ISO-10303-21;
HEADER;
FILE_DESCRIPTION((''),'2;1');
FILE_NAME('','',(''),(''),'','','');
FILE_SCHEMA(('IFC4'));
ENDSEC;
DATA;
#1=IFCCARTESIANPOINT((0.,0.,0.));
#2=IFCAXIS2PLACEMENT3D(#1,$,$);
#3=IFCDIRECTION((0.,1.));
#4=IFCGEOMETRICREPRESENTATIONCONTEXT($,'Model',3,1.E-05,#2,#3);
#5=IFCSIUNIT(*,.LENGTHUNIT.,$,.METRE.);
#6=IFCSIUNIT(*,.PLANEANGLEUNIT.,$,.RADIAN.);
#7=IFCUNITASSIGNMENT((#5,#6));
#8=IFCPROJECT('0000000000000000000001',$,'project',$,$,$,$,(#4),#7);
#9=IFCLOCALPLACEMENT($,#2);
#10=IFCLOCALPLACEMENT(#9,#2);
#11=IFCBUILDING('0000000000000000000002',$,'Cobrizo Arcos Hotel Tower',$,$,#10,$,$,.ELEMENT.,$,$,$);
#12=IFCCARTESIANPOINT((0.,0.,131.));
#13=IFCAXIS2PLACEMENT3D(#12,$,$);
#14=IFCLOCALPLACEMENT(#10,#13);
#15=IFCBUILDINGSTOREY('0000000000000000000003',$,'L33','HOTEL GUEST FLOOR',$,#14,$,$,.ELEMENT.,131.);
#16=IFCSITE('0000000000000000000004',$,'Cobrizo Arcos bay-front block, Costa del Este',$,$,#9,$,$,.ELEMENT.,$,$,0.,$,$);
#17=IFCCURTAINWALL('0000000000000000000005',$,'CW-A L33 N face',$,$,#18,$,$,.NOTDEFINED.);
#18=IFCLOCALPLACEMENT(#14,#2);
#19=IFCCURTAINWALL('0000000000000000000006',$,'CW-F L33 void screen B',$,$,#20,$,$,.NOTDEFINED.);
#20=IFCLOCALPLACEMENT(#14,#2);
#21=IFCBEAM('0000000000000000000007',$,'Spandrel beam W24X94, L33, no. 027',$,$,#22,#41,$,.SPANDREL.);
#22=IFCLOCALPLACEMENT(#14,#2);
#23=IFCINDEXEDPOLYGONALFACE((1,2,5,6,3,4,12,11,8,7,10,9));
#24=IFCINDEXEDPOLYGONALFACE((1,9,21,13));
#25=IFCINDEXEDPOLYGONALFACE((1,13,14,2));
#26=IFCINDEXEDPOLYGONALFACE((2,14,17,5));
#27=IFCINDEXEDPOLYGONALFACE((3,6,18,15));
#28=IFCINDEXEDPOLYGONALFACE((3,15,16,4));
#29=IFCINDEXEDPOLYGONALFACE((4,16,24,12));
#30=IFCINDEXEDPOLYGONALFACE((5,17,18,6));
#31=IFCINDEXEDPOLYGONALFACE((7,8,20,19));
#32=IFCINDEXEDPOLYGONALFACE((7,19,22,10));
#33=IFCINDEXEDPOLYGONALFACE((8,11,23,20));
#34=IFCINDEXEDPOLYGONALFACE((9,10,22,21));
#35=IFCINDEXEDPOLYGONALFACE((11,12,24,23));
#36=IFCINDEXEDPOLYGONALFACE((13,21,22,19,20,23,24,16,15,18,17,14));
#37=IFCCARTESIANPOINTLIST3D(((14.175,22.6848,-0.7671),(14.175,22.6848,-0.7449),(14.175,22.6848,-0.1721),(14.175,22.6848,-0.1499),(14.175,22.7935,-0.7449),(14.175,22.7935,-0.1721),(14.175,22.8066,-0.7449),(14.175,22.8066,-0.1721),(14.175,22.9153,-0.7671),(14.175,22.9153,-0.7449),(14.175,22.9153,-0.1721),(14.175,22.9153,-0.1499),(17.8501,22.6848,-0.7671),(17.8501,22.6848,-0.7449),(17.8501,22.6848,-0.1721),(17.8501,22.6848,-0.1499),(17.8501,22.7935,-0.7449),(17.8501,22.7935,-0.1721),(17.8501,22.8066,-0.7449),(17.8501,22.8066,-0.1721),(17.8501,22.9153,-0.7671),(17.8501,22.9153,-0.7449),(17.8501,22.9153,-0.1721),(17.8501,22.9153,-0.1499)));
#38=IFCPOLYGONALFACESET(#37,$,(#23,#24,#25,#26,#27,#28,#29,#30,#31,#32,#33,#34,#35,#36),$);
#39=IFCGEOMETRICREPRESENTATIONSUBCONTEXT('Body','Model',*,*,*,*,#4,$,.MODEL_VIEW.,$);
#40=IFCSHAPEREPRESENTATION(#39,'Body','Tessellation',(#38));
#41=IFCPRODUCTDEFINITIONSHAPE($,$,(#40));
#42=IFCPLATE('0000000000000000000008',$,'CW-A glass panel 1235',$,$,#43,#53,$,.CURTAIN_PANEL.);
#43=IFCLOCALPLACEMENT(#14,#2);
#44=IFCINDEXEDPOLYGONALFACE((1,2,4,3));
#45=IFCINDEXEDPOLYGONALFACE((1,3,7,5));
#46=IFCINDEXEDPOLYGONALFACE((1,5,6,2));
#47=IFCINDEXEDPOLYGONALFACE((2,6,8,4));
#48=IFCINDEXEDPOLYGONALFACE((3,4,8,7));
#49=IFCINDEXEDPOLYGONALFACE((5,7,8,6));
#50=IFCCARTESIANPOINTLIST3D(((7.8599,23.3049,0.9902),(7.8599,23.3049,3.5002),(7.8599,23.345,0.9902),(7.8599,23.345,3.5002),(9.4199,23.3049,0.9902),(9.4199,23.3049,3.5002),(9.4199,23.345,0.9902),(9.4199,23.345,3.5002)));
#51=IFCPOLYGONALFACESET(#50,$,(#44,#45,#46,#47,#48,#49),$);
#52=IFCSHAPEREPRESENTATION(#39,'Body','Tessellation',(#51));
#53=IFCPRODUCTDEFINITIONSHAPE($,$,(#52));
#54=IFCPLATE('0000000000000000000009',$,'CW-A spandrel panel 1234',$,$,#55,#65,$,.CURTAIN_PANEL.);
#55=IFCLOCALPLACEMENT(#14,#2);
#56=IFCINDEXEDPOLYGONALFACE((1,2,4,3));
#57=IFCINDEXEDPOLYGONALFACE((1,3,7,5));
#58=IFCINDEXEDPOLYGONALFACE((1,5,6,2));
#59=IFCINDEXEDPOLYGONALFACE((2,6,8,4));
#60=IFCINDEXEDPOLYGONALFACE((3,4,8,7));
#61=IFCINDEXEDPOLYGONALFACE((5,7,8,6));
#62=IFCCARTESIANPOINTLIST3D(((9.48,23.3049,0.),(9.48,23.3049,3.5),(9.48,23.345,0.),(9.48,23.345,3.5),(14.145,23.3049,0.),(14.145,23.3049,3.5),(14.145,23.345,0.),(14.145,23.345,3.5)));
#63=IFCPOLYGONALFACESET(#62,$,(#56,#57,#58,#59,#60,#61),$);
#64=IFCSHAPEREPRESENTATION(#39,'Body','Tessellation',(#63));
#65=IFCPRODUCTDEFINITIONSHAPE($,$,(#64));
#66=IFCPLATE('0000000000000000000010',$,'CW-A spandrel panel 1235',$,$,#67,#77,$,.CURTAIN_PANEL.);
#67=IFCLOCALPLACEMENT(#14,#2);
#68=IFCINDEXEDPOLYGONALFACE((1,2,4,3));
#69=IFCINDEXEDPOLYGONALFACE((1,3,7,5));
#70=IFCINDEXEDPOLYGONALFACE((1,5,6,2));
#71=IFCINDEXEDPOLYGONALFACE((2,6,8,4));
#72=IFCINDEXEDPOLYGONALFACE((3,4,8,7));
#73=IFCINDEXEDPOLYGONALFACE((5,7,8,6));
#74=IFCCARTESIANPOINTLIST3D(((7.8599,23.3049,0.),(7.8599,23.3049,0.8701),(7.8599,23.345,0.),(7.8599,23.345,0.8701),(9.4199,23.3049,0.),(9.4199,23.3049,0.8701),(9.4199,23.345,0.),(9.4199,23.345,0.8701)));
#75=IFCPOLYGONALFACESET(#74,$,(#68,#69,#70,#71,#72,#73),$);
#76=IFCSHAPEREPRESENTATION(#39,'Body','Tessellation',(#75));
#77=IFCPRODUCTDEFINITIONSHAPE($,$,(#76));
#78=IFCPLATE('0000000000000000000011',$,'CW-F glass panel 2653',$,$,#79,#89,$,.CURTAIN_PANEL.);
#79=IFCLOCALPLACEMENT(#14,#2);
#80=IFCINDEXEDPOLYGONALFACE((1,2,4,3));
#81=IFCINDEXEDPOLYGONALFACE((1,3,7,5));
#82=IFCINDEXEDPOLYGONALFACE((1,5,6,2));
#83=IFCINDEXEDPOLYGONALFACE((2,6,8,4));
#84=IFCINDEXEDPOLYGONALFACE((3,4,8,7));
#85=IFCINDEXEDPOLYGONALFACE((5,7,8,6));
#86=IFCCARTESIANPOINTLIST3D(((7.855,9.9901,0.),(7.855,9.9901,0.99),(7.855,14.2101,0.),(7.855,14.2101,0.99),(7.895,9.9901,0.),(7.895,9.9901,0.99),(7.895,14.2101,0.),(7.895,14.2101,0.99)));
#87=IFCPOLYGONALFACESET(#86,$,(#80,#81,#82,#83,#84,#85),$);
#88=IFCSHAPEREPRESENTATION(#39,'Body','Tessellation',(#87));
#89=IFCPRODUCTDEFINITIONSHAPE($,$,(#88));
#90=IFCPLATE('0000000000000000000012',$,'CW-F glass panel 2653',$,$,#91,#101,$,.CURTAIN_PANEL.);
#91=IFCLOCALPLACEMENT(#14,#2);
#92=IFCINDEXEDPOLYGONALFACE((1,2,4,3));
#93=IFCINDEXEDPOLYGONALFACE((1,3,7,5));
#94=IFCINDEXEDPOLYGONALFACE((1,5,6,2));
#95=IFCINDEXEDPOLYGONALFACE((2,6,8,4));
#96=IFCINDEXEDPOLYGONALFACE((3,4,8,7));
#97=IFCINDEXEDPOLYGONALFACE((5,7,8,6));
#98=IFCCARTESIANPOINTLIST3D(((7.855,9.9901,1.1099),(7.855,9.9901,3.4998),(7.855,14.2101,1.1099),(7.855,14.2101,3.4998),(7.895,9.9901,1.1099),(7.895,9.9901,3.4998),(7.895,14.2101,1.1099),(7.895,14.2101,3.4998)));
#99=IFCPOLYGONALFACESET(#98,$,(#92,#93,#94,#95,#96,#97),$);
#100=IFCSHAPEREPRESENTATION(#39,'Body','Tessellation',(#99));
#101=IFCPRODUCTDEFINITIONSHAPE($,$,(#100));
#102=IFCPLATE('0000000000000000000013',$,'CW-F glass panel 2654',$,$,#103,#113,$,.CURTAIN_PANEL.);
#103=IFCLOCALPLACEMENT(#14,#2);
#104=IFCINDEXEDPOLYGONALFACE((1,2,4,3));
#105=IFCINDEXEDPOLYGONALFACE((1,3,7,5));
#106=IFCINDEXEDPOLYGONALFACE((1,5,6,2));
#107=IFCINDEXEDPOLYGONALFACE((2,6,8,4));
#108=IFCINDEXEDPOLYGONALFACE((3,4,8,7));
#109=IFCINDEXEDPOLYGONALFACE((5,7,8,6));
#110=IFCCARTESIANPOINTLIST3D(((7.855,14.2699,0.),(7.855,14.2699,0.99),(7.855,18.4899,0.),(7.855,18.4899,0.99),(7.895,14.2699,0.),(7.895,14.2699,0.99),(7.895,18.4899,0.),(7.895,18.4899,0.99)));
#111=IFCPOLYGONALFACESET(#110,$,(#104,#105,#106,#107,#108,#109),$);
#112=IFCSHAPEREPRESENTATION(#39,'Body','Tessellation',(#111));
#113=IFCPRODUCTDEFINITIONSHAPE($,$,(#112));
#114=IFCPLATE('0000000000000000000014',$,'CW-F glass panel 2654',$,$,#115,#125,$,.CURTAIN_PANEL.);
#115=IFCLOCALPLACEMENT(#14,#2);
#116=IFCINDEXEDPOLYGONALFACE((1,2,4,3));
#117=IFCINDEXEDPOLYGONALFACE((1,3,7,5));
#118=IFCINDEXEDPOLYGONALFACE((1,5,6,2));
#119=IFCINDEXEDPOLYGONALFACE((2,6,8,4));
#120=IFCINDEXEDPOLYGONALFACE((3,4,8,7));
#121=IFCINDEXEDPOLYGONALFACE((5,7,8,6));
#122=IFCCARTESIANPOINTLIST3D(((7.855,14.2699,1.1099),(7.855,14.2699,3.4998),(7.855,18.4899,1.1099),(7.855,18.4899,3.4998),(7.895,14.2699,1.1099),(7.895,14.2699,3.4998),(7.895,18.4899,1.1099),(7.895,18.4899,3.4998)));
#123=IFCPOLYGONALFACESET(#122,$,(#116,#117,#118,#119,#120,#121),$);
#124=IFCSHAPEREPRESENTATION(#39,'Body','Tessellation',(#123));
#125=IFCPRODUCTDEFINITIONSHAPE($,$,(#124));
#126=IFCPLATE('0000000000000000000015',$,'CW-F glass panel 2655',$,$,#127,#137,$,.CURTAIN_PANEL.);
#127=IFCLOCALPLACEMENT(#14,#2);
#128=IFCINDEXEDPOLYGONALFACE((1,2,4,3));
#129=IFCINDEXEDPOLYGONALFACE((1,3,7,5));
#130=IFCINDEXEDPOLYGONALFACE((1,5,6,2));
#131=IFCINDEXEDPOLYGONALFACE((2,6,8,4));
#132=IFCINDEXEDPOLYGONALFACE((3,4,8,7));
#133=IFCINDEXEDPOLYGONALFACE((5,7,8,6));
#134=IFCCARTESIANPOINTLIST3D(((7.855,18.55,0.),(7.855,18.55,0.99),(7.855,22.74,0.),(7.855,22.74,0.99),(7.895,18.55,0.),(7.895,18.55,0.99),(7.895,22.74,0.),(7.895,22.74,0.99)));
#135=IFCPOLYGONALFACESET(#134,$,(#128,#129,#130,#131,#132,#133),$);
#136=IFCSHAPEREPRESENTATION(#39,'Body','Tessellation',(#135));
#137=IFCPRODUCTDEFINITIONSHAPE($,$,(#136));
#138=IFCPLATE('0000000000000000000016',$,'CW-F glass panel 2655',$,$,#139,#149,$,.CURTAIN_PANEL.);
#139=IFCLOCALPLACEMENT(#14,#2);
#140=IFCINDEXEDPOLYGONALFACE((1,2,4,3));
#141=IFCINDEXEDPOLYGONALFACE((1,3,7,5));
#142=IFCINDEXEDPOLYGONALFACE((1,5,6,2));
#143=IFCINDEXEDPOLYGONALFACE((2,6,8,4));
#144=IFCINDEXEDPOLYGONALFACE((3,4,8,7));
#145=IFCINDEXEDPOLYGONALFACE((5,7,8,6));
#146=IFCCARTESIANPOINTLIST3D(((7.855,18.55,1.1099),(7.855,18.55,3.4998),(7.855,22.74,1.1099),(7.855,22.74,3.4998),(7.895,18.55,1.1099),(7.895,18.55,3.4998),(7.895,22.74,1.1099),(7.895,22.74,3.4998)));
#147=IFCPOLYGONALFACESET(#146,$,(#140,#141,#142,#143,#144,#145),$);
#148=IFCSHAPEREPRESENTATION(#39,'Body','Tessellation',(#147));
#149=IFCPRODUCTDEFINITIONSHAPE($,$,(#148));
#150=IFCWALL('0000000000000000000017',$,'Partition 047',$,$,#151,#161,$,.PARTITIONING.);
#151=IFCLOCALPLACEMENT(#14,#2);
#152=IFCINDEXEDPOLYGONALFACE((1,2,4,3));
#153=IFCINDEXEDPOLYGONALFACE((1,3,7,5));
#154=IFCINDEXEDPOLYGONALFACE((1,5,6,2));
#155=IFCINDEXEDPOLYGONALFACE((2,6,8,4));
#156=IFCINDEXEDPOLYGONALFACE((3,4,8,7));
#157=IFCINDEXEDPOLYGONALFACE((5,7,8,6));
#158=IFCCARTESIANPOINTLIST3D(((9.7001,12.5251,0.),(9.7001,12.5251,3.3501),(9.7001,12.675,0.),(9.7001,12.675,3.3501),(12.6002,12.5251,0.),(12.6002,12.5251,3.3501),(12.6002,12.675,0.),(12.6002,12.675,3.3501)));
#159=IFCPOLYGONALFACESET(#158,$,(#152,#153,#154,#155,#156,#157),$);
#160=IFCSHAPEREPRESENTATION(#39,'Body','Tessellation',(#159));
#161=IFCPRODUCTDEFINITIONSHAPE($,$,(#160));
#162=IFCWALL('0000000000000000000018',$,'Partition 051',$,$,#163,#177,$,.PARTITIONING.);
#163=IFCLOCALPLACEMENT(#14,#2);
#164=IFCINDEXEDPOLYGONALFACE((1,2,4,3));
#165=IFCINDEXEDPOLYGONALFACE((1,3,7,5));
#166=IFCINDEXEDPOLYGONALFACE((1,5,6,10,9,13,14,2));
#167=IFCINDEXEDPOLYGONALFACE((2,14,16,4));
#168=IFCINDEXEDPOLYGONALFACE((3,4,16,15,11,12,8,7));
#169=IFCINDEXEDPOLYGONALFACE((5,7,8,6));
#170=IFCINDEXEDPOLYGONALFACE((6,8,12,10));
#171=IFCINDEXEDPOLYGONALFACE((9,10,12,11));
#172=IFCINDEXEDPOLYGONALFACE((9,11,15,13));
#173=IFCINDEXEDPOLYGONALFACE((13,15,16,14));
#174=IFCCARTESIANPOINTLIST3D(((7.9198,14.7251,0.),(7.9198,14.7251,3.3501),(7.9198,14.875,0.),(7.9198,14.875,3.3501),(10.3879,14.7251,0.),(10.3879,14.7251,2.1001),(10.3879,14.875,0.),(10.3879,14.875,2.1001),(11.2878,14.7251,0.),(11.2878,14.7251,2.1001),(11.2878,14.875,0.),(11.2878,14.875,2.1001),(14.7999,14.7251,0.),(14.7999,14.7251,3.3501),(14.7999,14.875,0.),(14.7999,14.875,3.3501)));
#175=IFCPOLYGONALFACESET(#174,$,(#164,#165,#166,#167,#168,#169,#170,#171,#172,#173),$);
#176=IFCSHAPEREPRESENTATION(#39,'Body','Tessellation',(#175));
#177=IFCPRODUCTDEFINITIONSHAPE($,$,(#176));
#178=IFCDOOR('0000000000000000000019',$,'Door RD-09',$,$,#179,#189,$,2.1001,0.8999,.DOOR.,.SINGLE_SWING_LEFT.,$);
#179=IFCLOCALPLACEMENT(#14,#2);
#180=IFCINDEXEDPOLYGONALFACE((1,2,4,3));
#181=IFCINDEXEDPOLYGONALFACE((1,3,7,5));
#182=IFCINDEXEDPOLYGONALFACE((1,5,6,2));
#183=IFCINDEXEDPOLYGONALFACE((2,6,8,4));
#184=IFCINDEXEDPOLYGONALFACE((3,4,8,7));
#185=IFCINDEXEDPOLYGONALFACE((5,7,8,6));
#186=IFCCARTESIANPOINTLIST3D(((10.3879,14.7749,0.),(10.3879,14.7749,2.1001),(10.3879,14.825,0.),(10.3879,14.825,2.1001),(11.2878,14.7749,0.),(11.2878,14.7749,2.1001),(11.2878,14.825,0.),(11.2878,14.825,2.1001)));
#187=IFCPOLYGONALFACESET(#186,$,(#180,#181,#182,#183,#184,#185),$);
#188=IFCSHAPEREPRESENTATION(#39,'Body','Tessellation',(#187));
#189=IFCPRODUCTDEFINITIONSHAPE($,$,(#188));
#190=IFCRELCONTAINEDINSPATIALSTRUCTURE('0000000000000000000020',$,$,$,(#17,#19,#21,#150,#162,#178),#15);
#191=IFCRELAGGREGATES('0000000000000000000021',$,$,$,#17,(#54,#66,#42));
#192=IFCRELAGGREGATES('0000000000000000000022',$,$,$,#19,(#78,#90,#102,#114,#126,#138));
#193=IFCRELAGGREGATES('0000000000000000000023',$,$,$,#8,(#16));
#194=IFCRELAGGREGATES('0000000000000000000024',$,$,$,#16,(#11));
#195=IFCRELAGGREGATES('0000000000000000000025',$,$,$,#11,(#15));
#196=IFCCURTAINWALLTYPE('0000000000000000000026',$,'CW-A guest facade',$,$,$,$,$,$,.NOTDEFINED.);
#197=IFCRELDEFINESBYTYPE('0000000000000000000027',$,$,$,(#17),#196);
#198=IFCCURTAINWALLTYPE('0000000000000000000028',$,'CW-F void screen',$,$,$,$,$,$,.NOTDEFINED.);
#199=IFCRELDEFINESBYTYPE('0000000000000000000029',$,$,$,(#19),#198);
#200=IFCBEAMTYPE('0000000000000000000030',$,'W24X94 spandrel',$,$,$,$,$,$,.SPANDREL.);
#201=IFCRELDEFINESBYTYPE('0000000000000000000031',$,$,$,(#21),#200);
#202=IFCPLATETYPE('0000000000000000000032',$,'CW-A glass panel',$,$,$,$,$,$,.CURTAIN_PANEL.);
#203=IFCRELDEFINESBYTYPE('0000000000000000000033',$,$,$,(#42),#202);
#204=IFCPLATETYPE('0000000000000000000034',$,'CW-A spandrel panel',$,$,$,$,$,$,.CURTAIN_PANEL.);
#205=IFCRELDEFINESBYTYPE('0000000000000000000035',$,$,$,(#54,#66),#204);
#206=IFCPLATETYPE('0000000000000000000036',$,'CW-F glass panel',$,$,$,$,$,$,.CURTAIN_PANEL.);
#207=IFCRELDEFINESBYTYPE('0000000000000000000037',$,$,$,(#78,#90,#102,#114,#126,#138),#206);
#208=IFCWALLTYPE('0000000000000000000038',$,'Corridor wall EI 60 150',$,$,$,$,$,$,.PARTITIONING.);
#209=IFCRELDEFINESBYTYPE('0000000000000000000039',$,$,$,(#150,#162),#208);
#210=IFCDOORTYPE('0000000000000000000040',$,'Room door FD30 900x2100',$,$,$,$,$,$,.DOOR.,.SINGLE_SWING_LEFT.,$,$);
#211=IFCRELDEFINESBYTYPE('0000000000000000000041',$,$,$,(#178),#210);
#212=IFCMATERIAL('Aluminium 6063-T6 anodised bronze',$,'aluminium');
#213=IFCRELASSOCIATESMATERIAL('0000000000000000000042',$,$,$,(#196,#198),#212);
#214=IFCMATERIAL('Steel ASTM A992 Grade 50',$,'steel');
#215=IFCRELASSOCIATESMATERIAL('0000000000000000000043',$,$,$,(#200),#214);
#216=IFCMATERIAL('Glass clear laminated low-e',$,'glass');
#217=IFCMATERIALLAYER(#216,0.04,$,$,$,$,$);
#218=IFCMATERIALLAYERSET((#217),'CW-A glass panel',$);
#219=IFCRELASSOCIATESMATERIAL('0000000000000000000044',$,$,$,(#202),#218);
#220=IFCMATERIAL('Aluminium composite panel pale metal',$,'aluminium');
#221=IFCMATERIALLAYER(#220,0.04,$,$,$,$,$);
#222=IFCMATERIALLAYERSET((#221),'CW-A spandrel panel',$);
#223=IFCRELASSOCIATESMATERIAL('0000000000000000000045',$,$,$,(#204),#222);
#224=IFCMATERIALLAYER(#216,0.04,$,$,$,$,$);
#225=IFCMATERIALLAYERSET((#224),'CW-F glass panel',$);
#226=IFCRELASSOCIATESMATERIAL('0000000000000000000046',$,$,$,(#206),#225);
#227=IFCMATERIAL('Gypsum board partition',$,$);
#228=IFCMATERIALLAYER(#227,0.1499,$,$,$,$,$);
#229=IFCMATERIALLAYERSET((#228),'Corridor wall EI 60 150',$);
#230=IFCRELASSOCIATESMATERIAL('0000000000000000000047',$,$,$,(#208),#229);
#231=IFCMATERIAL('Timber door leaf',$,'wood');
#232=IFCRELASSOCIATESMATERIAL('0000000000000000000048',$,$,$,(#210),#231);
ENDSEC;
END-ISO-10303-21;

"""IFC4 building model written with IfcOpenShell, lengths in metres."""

from ifc_helpers import new_model, si_unit, direction, frame, frame_2d, origin, origin_2d, place, context, subcontext, project, spatial, rectangle, i_section, extrude, material, layer, layer_set, material_profile, profile_set, type_object, element, fill, aggregate, save


model = new_model("IFC4")

# Units and contexts
model_context = context("Model", 3, precision=1e-05, world=origin(), true_north=direction((0.0, 1.0)))
body_context = subcontext(model_context, "Body", "Model", "MODEL_VIEW")
ifc_project = project(units=[si_unit("LENGTHUNIT", "METRE"), si_unit("PLANEANGLEUNIT", "RADIAN")], contexts=[model_context])

# Site, building, storey
site_placement = place(None, origin())
site = spatial("IfcSite", under=ifc_project, at=site_placement, Name="Cobrizo Arcos bay-front block, Costa del Este", CompositionType="ELEMENT", RefElevation=0.0)
building_placement = place(site_placement, origin())
building = spatial("IfcBuilding", under=site, at=building_placement, Name="Cobrizo Arcos Hotel Tower", CompositionType="ELEMENT")
storey_placement = place(building_placement, frame((0.0, 0.0, 131.0)))
storey = spatial("IfcBuildingStorey", under=building, at=storey_placement, Name="L33", Description="HOTEL GUEST FLOOR", CompositionType="ELEMENT", Elevation=131.0)

# Curtain walls
ifc_material_1 = material(Name="Aluminium 6063-T6 anodised bronze", Category="aluminium")
curtain_wall_type_1 = type_object("IfcCurtainWallType", Name="CW-A guest facade", PredefinedType="NOTDEFINED", material=ifc_material_1)
curtain_wall_1_placement = place(storey_placement, origin())
curtain_wall_1 = element("IfcCurtainWall", 1, at=curtain_wall_1_placement, inside=storey, type_object=curtain_wall_type_1, Name="CW-A L33 N face", PredefinedType="NOTDEFINED")
curtain_wall_type_2 = type_object("IfcCurtainWallType", Name="CW-F void screen", PredefinedType="NOTDEFINED", material=ifc_material_1)
curtain_wall_2_placement = place(storey_placement, origin())
curtain_wall_2 = element("IfcCurtainWall", 2, at=curtain_wall_2_placement, inside=storey, type_object=curtain_wall_type_2, Name="CW-F L33 void screen B", PredefinedType="NOTDEFINED")

# Beam
ifc_material_2 = material(Name="Steel ASTM A992 Grade 50", Category="steel")
ifc_material_profile_1 = material_profile(ifc_material_2, i_section(OverallWidth=0.2305, OverallDepth=0.6172, WebThickness=0.0132, FlangeThickness=0.0222, at=origin_2d()), Name="W24X94")
ifc_profile_set_1 = profile_set([ifc_material_profile_1], Name="Steel ASTM A992 Grade 50")
beam_type = type_object("IfcBeamType", Name="W24X94 spandrel", PredefinedType="SPANDREL", material=ifc_profile_set_1)
beam_1_placement = place(storey_placement, frame((14.175, 22.8, -0.4585), z_axis=(1.0, 0.0, 0.0), x_axis=(0.0, 1.0, 0.0)))
element("IfcBeam", 3, at=beam_1_placement, inside=storey, type_object=beam_type, Name="Spandrel beam W24X94, L33, no. 027", PredefinedType="SPANDREL", context=body_context, shape_type="SweptSolid", body=[
    extrude(i_section(OverallWidth=0.2305, OverallDepth=0.6172, WebThickness=0.0132, FlangeThickness=0.0222, at=origin_2d()), origin(), (0.0, 0.0, 1.0), 3.675),
])

# Plates
ifc_material_3 = material(Name="Glass clear laminated low-e", Category="glass")
ifc_layer_1 = layer(ifc_material_3, 0.04)
ifc_layer_set_1 = layer_set([ifc_layer_1], Name="CW-A glass panel")
plate_type_1 = type_object("IfcPlateType", Name="CW-A glass panel", PredefinedType="CURTAIN_PANEL", material=ifc_layer_set_1)
plate_1_placement = place(storey_placement, frame((8.6399, 23.325, 0.9902), z_axis=(0.0, 0.0, 1.0), x_axis=(-1.0, 0.0, 0.0)))
plate_1 = element("IfcPlate", 4, at=plate_1_placement, type_object=plate_type_1, Name="CW-A glass panel 1235", PredefinedType="CURTAIN_PANEL", context=body_context, shape_type="SweptSolid", body=[
    extrude(rectangle(XDim=1.5601, YDim=0.04, at=origin_2d()), origin(), (0.0, 0.0, 1.0), 2.51),
])
ifc_material_4 = material(Name="Aluminium composite panel pale metal", Category="aluminium")
ifc_layer_2 = layer(ifc_material_4, 0.04)
ifc_layer_set_2 = layer_set([ifc_layer_2], Name="CW-A spandrel panel")
plate_type_2 = type_object("IfcPlateType", Name="CW-A spandrel panel", PredefinedType="CURTAIN_PANEL", material=ifc_layer_set_2)
plate_2_placement = place(storey_placement, frame((11.8125, 23.325, 0.0), z_axis=(0.0, 0.0, 1.0), x_axis=(-1.0, 0.0, 0.0)))
plate_2 = element("IfcPlate", 5, at=plate_2_placement, type_object=plate_type_2, Name="CW-A spandrel panel 1234", PredefinedType="CURTAIN_PANEL", context=body_context, shape_type="SweptSolid", body=[
    extrude(rectangle(XDim=4.665, YDim=0.04, at=origin_2d()), origin(), (0.0, 0.0, 1.0), 3.5),
])
plate_3_placement = place(storey_placement, frame((8.6399, 23.325, 0.0), z_axis=(0.0, 0.0, 1.0), x_axis=(-1.0, 0.0, 0.0)))
plate_3 = element("IfcPlate", 6, at=plate_3_placement, type_object=plate_type_2, Name="CW-A spandrel panel 1235", PredefinedType="CURTAIN_PANEL", context=body_context, shape_type="SweptSolid", body=[
    extrude(rectangle(XDim=1.5601, YDim=0.04, at=origin_2d()), origin(), (0.0, 0.0, 1.0), 0.8701),
])
aggregate(curtain_wall_1, [plate_2, plate_3, plate_1])
ifc_layer_3 = layer(ifc_material_3, 0.04)
ifc_layer_set_3 = layer_set([ifc_layer_3], Name="CW-F glass panel")
plate_type_3 = type_object("IfcPlateType", Name="CW-F glass panel", PredefinedType="CURTAIN_PANEL", material=ifc_layer_set_3)
plate_4_placement = place(storey_placement, frame((7.875, 12.1001, 0.0), z_axis=(0.0, 0.0, 1.0), x_axis=(0.0, 1.0, 0.0)))
plate_4 = element("IfcPlate", 7, at=plate_4_placement, type_object=plate_type_3, Name="CW-F glass panel 2653", PredefinedType="CURTAIN_PANEL", context=body_context, shape_type="SweptSolid", body=[
    extrude(rectangle(XDim=4.22, YDim=0.04, at=origin_2d()), origin(), (0.0, 0.0, 1.0), 0.99),
])
plate_5_placement = place(storey_placement, frame((7.875, 12.1001, 1.1099), z_axis=(0.0, 0.0, 1.0), x_axis=(0.0, 1.0, 0.0)))
plate_5 = element("IfcPlate", 8, at=plate_5_placement, type_object=plate_type_3, Name="CW-F glass panel 2653", PredefinedType="CURTAIN_PANEL", context=body_context, shape_type="SweptSolid", body=[
    extrude(rectangle(XDim=4.22, YDim=0.04, at=origin_2d()), origin(), (0.0, 0.0, 1.0), 2.3899),
])
plate_6_placement = place(storey_placement, frame((7.875, 16.3799, 0.0), z_axis=(0.0, 0.0, 1.0), x_axis=(0.0, 1.0, 0.0)))
plate_6 = element("IfcPlate", 9, at=plate_6_placement, type_object=plate_type_3, Name="CW-F glass panel 2654", PredefinedType="CURTAIN_PANEL", context=body_context, shape_type="SweptSolid", body=[
    extrude(rectangle(XDim=4.22, YDim=0.04, at=origin_2d()), origin(), (0.0, 0.0, 1.0), 0.99),
])
plate_7_placement = place(storey_placement, frame((7.875, 16.3799, 1.1099), z_axis=(0.0, 0.0, 1.0), x_axis=(0.0, 1.0, 0.0)))
plate_7 = element("IfcPlate", 10, at=plate_7_placement, type_object=plate_type_3, Name="CW-F glass panel 2654", PredefinedType="CURTAIN_PANEL", context=body_context, shape_type="SweptSolid", body=[
    extrude(rectangle(XDim=4.22, YDim=0.04, at=origin_2d()), origin(), (0.0, 0.0, 1.0), 2.3899),
])
plate_8_placement = place(storey_placement, frame((7.875, 20.645, 0.0), z_axis=(0.0, 0.0, 1.0), x_axis=(0.0, 1.0, 0.0)))
plate_8 = element("IfcPlate", 11, at=plate_8_placement, type_object=plate_type_3, Name="CW-F glass panel 2655", PredefinedType="CURTAIN_PANEL", context=body_context, shape_type="SweptSolid", body=[
    extrude(rectangle(XDim=4.1899, YDim=0.04, at=origin_2d()), origin(), (0.0, 0.0, 1.0), 0.99),
])
plate_9_placement = place(storey_placement, frame((7.875, 20.645, 1.1099), z_axis=(0.0, 0.0, 1.0), x_axis=(0.0, 1.0, 0.0)))
plate_9 = element("IfcPlate", 12, at=plate_9_placement, type_object=plate_type_3, Name="CW-F glass panel 2655", PredefinedType="CURTAIN_PANEL", context=body_context, shape_type="SweptSolid", body=[
    extrude(rectangle(XDim=4.1899, YDim=0.04, at=origin_2d()), origin(), (0.0, 0.0, 1.0), 2.3899),
])
aggregate(curtain_wall_2, [plate_4, plate_5, plate_6, plate_7, plate_8, plate_9])

# Wall
ifc_material_5 = material(Name="Gypsum board partition")
ifc_layer_4 = layer(ifc_material_5, 0.1499)
ifc_layer_set_4 = layer_set([ifc_layer_4], Name="Corridor wall EI 60 150")
wall_type_1 = type_object("IfcWallType", Name="Corridor wall EI 60 150", PredefinedType="PARTITIONING", material=ifc_layer_set_4)
wall_1_placement = place(storey_placement, frame((9.7, 12.6001, 0.0), z_axis=(0.0, 0.0, 1.0), x_axis=(1.0, 0.0, 0.0)))
element("IfcWall", 13, at=wall_1_placement, inside=storey, type_object=wall_type_1, Name="Partition 047", PredefinedType="PARTITIONING", context=body_context, shape_type="SweptSolid", body=[
    extrude(rectangle(XDim=2.9001, YDim=0.1499, at=frame_2d((1.4502, 0.0))), origin(), (0.0, 0.0, 1.0), 3.3501),
])

# Wall, opening, door
wall_2_placement = place(storey_placement, frame((7.9199, 14.8, 0.0), z_axis=(0.0, 0.0, 1.0), x_axis=(1.0, 0.0, 0.0)))
wall_2 = element("IfcWall", 14, at=wall_2_placement, inside=storey, type_object=wall_type_1, Name="Partition 051", PredefinedType="PARTITIONING", context=body_context, shape_type="SweptSolid", body=[
    extrude(rectangle(XDim=6.8801, YDim=0.1499, at=frame_2d((3.4399, 0.0))), origin(), (0.0, 0.0, 1.0), 3.3501),
])
opening_placement = place(wall_2_placement, frame((2.468, 0.0, 0.0)))
opening = element("IfcOpeningElement", 15, at=opening_placement, cuts=wall_2, PredefinedType="OPENING", context=body_context, shape_type="SweptSolid", body=[
    extrude(rectangle(XDim=0.8999, YDim=2.1001, at=frame_2d((0.45, 1.05))), frame((0.0, 0.0869, 0.0), z_axis=(0.0, -1.0, 0.0), x_axis=(1.0, 0.0, 0.0)), (0.0, 0.0, 1.0), 0.1738),
])
ifc_material_6 = material(Name="Timber door leaf", Category="wood")
door_type = type_object("IfcDoorType", Name="Room door FD30 900x2100", OperationType="SINGLE_SWING_LEFT", PredefinedType="DOOR", material=ifc_material_6)
door_placement = place(opening_placement, origin())
door = element("IfcDoor", 16, at=door_placement, inside=storey, type_object=door_type, Name="Door RD-09", OperationType="SINGLE_SWING_LEFT", OverallHeight=2.1001, OverallWidth=0.8999, PredefinedType="DOOR", context=body_context, shape_type="SweptSolid", body=[
    extrude(rectangle(XDim=0.8999, YDim=2.1001, at=frame_2d((0.45, 1.05))), frame((0.0, 0.0249, 0.0), z_axis=(0.0, -1.0, 0.0), x_axis=(1.0, 0.0, 0.0)), (0.0, 0.0, 1.0), 0.05),
])
fill(opening, door)

save(model, "model.ifc")
